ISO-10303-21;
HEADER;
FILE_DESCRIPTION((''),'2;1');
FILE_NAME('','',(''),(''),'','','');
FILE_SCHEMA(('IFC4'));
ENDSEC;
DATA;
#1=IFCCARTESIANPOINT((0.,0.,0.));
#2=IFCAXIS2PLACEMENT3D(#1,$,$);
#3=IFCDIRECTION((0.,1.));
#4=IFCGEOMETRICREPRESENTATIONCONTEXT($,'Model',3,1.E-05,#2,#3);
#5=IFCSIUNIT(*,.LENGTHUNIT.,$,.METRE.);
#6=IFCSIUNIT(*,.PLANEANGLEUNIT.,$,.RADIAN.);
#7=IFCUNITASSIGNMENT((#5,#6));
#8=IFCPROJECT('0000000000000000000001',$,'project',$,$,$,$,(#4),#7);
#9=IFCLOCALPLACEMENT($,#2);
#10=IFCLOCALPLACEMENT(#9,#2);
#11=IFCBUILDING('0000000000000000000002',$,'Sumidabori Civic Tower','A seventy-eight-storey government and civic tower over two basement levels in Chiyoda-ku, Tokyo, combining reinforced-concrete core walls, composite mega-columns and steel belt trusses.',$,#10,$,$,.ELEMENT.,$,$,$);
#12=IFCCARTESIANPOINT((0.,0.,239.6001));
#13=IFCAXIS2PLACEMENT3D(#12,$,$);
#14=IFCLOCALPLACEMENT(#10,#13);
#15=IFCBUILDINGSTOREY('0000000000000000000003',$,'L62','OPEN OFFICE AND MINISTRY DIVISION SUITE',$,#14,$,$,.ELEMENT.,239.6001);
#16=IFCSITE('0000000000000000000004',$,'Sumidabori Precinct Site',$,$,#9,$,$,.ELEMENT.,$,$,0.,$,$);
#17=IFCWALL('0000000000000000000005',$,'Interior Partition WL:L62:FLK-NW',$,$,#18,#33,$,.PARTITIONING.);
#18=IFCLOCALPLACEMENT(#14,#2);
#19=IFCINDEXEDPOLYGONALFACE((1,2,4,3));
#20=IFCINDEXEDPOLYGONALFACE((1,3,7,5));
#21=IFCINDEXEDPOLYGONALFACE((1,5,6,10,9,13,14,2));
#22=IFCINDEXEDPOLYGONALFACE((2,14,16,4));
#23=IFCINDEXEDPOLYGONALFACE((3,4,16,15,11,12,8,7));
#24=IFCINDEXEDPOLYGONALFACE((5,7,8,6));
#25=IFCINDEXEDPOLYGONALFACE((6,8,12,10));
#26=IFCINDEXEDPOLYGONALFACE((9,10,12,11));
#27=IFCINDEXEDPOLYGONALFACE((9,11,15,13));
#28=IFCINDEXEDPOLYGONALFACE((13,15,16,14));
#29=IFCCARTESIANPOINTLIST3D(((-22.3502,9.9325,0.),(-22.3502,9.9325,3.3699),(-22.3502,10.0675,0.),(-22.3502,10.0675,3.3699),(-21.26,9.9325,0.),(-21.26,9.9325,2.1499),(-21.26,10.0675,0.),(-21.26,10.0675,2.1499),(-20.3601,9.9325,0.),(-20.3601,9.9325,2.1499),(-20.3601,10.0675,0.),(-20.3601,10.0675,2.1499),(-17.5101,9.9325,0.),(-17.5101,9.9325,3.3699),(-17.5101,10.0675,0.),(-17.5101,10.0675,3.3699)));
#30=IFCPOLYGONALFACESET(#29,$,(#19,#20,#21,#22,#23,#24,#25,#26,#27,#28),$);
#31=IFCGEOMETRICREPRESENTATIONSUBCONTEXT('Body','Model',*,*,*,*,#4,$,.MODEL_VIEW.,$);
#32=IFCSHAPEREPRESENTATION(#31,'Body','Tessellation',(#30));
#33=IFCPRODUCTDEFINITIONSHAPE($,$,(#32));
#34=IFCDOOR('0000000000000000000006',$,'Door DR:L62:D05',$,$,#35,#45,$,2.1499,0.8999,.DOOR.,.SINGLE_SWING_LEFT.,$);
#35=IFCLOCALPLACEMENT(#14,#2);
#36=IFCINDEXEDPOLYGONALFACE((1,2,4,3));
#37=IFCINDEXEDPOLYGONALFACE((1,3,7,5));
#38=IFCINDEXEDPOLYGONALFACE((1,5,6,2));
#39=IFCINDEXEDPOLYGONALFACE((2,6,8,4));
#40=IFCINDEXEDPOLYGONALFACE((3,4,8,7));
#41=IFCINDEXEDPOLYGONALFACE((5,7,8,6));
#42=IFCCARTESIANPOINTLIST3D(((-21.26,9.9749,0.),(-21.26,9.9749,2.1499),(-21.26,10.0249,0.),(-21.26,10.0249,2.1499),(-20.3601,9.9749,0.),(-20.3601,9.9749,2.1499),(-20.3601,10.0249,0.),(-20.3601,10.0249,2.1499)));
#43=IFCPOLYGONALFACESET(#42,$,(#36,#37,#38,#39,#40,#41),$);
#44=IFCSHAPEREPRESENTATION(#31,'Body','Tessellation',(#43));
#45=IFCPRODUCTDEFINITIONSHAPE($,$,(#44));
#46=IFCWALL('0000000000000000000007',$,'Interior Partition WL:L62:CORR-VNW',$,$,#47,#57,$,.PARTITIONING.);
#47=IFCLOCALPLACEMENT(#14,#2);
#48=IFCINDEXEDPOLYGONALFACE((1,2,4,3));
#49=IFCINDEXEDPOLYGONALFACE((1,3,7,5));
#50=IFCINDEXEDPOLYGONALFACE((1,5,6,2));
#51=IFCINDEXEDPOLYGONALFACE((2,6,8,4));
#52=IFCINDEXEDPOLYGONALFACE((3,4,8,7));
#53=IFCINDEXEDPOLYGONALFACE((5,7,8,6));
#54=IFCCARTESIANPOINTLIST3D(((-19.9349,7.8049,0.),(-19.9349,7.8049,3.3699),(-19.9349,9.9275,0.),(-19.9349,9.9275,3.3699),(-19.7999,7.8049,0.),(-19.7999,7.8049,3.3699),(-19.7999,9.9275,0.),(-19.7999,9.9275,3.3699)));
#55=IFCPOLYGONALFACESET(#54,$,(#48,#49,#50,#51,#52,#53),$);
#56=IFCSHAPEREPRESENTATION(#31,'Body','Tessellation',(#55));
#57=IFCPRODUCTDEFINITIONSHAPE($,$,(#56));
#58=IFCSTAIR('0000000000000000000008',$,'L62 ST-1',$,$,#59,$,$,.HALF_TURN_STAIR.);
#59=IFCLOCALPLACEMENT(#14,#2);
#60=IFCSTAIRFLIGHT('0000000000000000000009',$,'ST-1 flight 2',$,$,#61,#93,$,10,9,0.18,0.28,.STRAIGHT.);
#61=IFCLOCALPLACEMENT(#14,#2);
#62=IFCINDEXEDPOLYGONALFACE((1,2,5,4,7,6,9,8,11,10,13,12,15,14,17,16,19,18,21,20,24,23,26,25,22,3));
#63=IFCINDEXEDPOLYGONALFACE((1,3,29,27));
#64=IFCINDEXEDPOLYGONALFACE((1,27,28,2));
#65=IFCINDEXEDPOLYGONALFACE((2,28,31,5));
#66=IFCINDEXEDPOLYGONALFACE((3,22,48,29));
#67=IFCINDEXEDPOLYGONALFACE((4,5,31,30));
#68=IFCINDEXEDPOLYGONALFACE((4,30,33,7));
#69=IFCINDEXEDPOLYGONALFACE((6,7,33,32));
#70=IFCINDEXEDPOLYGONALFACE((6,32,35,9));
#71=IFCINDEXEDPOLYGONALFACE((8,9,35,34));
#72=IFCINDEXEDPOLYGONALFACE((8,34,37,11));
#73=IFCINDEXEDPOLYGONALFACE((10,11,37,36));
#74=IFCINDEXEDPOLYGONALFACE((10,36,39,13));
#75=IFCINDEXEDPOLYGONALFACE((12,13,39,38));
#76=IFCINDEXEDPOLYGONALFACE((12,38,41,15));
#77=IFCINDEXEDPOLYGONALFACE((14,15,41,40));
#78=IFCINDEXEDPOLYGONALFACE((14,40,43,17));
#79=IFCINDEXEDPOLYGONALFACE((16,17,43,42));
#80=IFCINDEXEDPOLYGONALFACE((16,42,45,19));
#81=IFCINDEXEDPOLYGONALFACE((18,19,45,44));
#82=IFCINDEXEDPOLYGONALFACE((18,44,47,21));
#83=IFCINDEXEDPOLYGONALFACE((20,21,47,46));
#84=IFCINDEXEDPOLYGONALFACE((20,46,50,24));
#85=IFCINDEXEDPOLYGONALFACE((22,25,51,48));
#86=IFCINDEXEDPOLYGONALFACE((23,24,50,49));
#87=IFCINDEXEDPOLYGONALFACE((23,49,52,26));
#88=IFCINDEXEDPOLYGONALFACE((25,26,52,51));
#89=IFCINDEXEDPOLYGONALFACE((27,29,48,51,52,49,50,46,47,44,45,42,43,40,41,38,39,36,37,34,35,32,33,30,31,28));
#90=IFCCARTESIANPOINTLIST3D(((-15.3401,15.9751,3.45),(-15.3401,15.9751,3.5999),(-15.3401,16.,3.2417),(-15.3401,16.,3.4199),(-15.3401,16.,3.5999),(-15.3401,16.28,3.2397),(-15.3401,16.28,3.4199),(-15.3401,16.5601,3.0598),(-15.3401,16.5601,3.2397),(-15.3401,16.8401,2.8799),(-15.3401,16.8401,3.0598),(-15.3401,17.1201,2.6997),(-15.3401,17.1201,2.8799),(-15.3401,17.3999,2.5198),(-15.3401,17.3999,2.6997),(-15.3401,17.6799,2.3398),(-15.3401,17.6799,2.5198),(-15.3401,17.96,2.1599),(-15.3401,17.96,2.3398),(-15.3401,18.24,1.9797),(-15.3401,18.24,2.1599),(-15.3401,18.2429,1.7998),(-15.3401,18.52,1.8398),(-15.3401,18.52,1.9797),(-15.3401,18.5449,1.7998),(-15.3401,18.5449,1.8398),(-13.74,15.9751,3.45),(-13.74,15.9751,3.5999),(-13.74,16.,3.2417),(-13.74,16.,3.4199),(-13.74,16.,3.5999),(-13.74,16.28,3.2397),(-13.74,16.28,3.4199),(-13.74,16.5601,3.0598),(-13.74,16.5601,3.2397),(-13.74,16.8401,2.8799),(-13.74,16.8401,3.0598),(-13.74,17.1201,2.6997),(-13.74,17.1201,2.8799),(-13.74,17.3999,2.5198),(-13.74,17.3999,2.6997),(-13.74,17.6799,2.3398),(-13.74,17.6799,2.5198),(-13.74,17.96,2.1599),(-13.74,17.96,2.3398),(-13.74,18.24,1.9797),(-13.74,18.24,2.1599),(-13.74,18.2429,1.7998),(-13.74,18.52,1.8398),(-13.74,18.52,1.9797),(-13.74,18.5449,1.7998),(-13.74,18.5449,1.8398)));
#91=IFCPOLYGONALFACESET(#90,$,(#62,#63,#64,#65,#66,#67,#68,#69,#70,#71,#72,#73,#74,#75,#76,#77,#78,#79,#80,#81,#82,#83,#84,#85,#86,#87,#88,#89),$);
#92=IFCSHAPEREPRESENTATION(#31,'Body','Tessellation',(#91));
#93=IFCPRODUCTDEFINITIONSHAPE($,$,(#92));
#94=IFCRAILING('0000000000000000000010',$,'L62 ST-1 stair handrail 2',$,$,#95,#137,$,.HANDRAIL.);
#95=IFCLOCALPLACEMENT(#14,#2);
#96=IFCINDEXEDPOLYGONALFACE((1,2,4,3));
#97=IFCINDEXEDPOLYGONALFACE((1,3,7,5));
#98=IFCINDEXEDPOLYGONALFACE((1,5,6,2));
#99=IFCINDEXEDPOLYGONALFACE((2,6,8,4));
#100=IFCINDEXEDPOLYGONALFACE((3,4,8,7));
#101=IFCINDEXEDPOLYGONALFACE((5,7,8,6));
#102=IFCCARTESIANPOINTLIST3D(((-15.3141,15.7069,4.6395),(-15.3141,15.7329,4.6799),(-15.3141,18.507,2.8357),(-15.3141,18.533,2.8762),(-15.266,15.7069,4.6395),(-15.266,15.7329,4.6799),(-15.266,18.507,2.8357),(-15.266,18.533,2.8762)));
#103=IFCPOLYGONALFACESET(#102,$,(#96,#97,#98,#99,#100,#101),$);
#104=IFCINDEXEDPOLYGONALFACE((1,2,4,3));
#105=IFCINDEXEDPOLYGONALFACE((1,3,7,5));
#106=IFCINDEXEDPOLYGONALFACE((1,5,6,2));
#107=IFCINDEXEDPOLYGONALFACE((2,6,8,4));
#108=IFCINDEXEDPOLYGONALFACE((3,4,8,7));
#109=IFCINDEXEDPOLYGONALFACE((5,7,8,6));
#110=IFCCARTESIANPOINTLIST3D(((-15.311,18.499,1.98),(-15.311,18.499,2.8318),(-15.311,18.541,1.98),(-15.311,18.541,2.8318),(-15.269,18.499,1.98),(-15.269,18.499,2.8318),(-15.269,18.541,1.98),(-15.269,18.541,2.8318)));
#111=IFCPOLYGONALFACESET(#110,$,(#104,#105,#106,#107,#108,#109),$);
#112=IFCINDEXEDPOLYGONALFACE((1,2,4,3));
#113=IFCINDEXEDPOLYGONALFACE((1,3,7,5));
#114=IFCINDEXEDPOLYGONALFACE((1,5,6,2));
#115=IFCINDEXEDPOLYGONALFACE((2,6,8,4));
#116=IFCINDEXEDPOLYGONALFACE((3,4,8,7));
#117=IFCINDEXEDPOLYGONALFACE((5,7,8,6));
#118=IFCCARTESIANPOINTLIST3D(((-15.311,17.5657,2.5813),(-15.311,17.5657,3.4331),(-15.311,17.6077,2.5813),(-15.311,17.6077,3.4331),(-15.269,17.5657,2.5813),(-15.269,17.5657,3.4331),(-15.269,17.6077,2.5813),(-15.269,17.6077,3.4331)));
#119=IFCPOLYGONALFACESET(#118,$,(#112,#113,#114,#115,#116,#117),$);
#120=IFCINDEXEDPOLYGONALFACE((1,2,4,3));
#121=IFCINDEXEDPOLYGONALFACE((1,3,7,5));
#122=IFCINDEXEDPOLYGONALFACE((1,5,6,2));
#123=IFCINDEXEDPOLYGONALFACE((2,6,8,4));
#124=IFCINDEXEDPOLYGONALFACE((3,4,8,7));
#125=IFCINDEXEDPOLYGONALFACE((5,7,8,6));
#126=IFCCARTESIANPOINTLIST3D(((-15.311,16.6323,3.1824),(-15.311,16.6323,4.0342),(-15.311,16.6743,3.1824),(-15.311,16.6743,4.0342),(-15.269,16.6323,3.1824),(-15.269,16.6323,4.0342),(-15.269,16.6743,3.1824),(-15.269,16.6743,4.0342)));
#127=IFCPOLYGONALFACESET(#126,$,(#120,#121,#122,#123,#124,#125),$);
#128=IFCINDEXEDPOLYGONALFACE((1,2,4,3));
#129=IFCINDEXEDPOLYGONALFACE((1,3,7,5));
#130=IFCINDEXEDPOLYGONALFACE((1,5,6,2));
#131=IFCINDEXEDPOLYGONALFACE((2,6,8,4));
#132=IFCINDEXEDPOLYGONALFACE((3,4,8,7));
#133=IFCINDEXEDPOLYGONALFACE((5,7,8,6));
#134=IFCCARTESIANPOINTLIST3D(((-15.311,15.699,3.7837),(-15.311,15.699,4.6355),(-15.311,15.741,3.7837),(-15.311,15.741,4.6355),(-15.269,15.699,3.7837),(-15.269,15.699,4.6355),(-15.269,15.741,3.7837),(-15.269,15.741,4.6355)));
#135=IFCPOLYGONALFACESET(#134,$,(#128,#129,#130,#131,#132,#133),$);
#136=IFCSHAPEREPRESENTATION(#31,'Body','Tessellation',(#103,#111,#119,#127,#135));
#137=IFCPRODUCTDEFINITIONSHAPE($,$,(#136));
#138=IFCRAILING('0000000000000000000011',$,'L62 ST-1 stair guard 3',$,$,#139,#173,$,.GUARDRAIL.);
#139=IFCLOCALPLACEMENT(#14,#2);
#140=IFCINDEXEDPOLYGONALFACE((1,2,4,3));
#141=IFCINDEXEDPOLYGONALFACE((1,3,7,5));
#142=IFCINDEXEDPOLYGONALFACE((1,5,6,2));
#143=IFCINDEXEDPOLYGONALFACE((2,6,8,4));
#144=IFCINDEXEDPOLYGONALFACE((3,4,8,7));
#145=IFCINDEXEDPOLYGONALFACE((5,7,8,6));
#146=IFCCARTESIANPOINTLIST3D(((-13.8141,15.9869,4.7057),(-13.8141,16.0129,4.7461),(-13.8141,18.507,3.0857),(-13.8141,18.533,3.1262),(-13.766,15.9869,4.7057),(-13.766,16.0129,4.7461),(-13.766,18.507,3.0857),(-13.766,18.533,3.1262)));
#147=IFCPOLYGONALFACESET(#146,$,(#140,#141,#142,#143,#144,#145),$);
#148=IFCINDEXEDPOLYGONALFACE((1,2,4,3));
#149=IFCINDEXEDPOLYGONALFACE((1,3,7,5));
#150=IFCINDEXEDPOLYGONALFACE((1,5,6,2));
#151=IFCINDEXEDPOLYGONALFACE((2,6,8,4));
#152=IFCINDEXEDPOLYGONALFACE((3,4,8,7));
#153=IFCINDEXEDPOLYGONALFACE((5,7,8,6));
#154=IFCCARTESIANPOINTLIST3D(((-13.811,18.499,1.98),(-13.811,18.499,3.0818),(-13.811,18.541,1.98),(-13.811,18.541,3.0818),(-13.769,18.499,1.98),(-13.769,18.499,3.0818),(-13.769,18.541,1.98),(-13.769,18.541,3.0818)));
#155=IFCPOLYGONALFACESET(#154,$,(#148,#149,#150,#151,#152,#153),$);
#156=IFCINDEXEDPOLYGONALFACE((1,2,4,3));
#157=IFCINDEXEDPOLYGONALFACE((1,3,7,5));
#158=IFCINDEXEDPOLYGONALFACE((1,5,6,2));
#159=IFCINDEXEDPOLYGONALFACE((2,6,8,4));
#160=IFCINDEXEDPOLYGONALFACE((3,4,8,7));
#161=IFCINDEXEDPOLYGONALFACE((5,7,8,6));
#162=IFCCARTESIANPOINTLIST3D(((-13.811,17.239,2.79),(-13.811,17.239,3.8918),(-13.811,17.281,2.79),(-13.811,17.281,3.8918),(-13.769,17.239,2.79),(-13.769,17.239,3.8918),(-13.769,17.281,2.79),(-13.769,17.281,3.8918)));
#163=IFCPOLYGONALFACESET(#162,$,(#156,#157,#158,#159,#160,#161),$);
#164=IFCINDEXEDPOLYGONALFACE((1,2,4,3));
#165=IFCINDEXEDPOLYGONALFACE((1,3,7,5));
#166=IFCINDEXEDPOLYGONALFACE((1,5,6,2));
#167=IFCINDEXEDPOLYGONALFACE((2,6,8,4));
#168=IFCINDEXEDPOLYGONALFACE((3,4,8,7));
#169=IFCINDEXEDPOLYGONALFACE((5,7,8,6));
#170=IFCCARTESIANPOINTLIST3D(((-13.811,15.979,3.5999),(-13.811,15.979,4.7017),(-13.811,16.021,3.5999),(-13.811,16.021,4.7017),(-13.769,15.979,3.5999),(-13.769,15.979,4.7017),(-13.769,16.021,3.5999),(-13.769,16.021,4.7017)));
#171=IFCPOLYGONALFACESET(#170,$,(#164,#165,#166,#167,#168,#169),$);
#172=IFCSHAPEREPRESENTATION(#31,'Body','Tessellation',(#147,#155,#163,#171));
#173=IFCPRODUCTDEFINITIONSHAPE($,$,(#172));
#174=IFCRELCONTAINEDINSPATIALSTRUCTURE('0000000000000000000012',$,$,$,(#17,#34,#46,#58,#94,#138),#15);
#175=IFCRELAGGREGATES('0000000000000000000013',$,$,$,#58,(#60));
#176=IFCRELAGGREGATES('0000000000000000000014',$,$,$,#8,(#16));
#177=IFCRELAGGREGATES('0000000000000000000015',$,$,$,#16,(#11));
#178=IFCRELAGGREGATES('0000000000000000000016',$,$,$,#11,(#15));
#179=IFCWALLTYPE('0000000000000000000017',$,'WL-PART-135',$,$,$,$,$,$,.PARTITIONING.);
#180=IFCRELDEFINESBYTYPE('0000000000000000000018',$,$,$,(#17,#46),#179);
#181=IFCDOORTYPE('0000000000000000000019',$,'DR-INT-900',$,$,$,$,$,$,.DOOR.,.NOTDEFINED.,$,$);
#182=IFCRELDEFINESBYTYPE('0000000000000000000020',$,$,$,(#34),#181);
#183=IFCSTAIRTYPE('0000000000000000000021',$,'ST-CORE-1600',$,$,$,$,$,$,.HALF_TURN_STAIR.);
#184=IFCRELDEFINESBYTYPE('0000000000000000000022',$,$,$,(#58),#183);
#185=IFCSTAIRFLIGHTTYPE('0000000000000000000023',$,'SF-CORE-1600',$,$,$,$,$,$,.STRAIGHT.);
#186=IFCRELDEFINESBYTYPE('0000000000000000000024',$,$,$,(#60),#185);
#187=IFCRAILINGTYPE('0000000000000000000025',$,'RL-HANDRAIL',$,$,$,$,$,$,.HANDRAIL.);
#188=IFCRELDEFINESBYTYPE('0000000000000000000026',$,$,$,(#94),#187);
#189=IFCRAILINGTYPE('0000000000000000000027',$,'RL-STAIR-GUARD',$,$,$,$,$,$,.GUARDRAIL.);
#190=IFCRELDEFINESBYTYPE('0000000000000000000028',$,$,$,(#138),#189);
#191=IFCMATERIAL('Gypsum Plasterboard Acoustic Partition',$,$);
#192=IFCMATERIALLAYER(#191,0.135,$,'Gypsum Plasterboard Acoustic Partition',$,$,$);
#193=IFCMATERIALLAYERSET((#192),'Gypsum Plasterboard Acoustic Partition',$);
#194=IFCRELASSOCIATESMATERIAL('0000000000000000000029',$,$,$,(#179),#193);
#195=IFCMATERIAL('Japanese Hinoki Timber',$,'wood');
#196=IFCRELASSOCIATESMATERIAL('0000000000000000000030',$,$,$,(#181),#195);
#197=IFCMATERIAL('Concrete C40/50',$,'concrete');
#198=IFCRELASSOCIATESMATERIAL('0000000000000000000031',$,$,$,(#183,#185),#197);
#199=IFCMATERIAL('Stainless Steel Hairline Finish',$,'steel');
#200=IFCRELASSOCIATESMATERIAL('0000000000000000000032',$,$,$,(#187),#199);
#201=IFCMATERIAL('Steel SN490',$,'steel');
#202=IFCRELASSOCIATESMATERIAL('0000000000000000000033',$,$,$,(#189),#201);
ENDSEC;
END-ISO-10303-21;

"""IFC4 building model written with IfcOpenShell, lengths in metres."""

from ifc_helpers import new_model, si_unit, direction, frame, frame_2d, origin, origin_2d, place, context, subcontext, project, spatial, polyline, rectangle, outline, extrude, source, transform, mapped, material, layer, layer_set, type_object, element, fill, aggregate, save


model = new_model("IFC4")

# Units and contexts
model_context = context("Model", 3, precision=1e-05, world=origin(), true_north=direction((0.0, 1.0)))
body_context = subcontext(model_context, "Body", "Model", "MODEL_VIEW")
ifc_project = project(units=[si_unit("LENGTHUNIT", "METRE"), si_unit("PLANEANGLEUNIT", "RADIAN")], contexts=[model_context])

# Site, building, storey
site_placement = place(None, origin())
site = spatial("IfcSite", under=ifc_project, at=site_placement, Name="Sumidabori Precinct Site", CompositionType="ELEMENT", RefElevation=0.0)
building_placement = place(site_placement, origin())
building = spatial("IfcBuilding", under=site, at=building_placement, Name="Sumidabori Civic Tower", Description="A seventy-eight-storey government and civic tower over two basement levels in Chiyoda-ku, Tokyo, combining reinforced-concrete core walls, composite mega-columns and steel belt trusses.", CompositionType="ELEMENT")
storey_placement = place(building_placement, frame((0.0, 0.0, 239.6001)))
storey = spatial("IfcBuildingStorey", under=building, at=storey_placement, Name="L62", Description="OPEN OFFICE AND MINISTRY DIVISION SUITE", CompositionType="ELEMENT", Elevation=239.6001)

# Shared definitions
ifc_material_1 = material(Name="Steel SN490", Category="steel")

# Wall, opening, door
ifc_material_2 = material(Name="Gypsum Plasterboard Acoustic Partition")
ifc_layer_1 = layer(ifc_material_2, 0.135, Name="Gypsum Plasterboard Acoustic Partition")
ifc_layer_set_1 = layer_set([ifc_layer_1], Name="Gypsum Plasterboard Acoustic Partition")
wall_type_1 = type_object("IfcWallType", Name="WL-PART-135", PredefinedType="PARTITIONING", material=ifc_layer_set_1)
shared_shape_1 = source(origin(), body_context, "Body", "SweptSolid", [
    extrude(rectangle(XDim=4.8401, YDim=0.135, at=frame_2d((2.4199, 0.0))), origin(), (0.0, 0.0, 1.0), 3.3699),
])
wall_1_placement = place(storey_placement, frame((-22.3501, 10.0, 0.0), z_axis=(0.0, 0.0, 1.0), x_axis=(1.0, 0.0, 0.0)))
wall_1 = element("IfcWall", 1, at=wall_1_placement, inside=storey, type_object=wall_type_1, Name="Interior Partition WL:L62:FLK-NW", PredefinedType="PARTITIONING", context=body_context, shape_type="MappedRepresentation", body=[
    mapped(shared_shape_1, transform((0.0, 0.0, 0.0), x_axis=(1.0, 0.0, 0.0), y_axis=(0.0, 1.0, 0.0), z_axis=(0.0, 0.0, 1.0), scale=1.0)),
])
opening_1_placement = place(wall_1_placement, frame((1.0901, 0.0, 0.0)))
opening_1 = element("IfcOpeningElement", 2, at=opening_1_placement, cuts=wall_1, PredefinedType="OPENING", context=body_context, shape_type="SweptSolid", body=[
    extrude(rectangle(XDim=0.8999, YDim=2.1499, at=frame_2d((0.45, 1.075))), frame((0.0, 0.0796, 0.0), z_axis=(0.0, -1.0, 0.0), x_axis=(1.0, 0.0, 0.0)), (0.0, 0.0, 1.0), 0.1589),
])
ifc_material_3 = material(Name="Japanese Hinoki Timber", Category="wood")
door_type_1 = type_object("IfcDoorType", Name="DR-INT-900", OperationType="NOTDEFINED", PredefinedType="DOOR", material=ifc_material_3)
shared_shape_2 = source(origin(), body_context, "Body", "SweptSolid", [
    extrude(rectangle(XDim=0.8999, YDim=2.1499, at=frame_2d((0.45, 1.075))), frame((0.0, 0.0249, 0.0), z_axis=(0.0, -1.0, 0.0), x_axis=(1.0, 0.0, 0.0)), (0.0, 0.0, 1.0), 0.05),
])
door_1_placement = place(opening_1_placement, origin())
door_1 = element("IfcDoor", 3, at=door_1_placement, inside=storey, type_object=door_type_1, Name="Door DR:L62:D05", OperationType="SINGLE_SWING_LEFT", OverallHeight=2.1499, OverallWidth=0.8999, PredefinedType="DOOR", context=body_context, shape_type="MappedRepresentation", body=[
    mapped(shared_shape_2, transform((0.0, 0.0, 0.0), x_axis=(1.0, 0.0, 0.0), y_axis=(0.0, 1.0, 0.0), z_axis=(0.0, 0.0, 1.0), scale=1.0)),
])
fill(opening_1, door_1)

# Wall
shared_shape_3 = source(origin(), body_context, "Body", "SweptSolid", [
    extrude(rectangle(XDim=2.1226, YDim=0.135, at=frame_2d((1.0613, 0.0))), origin(), (0.0, 0.0, 1.0), 3.3699),
])
wall_2_placement = place(storey_placement, frame((-19.8674, 7.8049, 0.0), z_axis=(0.0, 0.0, 1.0), x_axis=(0.0, 1.0, 0.0)))
element("IfcWall", 4, at=wall_2_placement, inside=storey, type_object=wall_type_1, Name="Interior Partition WL:L62:CORR-VNW", PredefinedType="PARTITIONING", context=body_context, shape_type="MappedRepresentation", body=[
    mapped(shared_shape_3, transform((0.0, 0.0, 0.0), x_axis=(1.0, 0.0, 0.0), y_axis=(0.0, 1.0, 0.0), z_axis=(0.0, 0.0, 1.0), scale=1.0)),
])

# Stair, stair flight
ifc_material_4 = material(Name="Concrete C40/50", Category="concrete")
stair_type = type_object("IfcStairType", Name="ST-CORE-1600", PredefinedType="HALF_TURN_STAIR", material=ifc_material_4)
stair_placement = place(storey_placement, origin())
stair = element("IfcStair", 5, at=stair_placement, inside=storey, type_object=stair_type, Name="L62 ST-1", PredefinedType="HALF_TURN_STAIR")
stair_flight_type = type_object("IfcStairFlightType", Name="SF-CORE-1600", PredefinedType="STRAIGHT", material=ifc_material_4)
shared_shape_4 = source(origin(), body_context, "Body", "SweptSolid", [
    extrude(outline(polyline([(-0.0249, 0.0), (-0.0249, 0.04), (0.0, 0.04), (0.0, 0.1799), (0.28, 0.1799), (0.28, 0.3601), (0.5601, 0.3601), (0.5601, 0.54), (0.8401, 0.54), (0.8401, 0.72), (1.1201, 0.72), (1.1201, 0.8999), (1.3999, 0.8999), (1.3999, 1.0801), (1.6799, 1.0801), (1.6799, 1.26), (1.96, 1.26), (1.96, 1.4399), (2.24, 1.4399), (2.24, 1.6201), (2.52, 1.6201), (2.52, 1.8), (2.5449, 1.8), (2.5449, 1.6501), (2.52, 1.4419), (0.2771, 0.0), (-0.0249, 0.0)])), frame((0.0, 0.8, 0.0), z_axis=(0.0, -1.0, 0.0), x_axis=(1.0, 0.0, 0.0)), (0.0, 0.0, 1.0), 1.6001),
])
stair_flight_placement = place(storey_placement, frame((-14.54, 18.52, 1.7998), z_axis=(0.0, 0.0, 1.0), x_axis=(0.0, -1.0, 0.0)))
stair_flight = element("IfcStairFlight", 6, at=stair_flight_placement, type_object=stair_flight_type, Name="ST-1 flight 2", NumberOfRisers=10, NumberOfTreads=9, PredefinedType="STRAIGHT", RiserHeight=0.18, TreadLength=0.28, context=body_context, shape_type="MappedRepresentation", body=[
    mapped(shared_shape_4, transform((0.0, 0.0, 0.0), x_axis=(1.0, 0.0, 0.0), y_axis=(0.0, 1.0, 0.0), z_axis=(0.0, 0.0, 1.0), scale=1.0)),
])
aggregate(stair, [stair_flight])

# Railings
ifc_material_5 = material(Name="Stainless Steel Hairline Finish", Category="steel")
railing_type_1 = type_object("IfcRailingType", Name="RL-HANDRAIL", PredefinedType="HANDRAIL", material=ifc_material_5)
railing_1_placement = place(storey_placement, frame((-15.29, 18.52, 1.98)))
element("IfcRailing", 7, at=railing_1_placement, inside=storey, type_object=railing_type_1, Name="L62 ST-1 stair handrail 2", PredefinedType="HANDRAIL", context=body_context, shape_type="SweptSolid", body=[
    extrude(rectangle(XDim=0.0481, YDim=0.0481, at=origin_2d()), frame((0.0, 0.0, 0.876), z_axis=(0.0, -0.840676, 0.541539), x_axis=(1.0, 0.0, 0.0)), (0.0, 0.0, 1.0), 3.3308),
    extrude(rectangle(XDim=0.042, YDim=0.042, at=origin_2d()), origin(), (0.0, 0.0, 1.0), 0.8518),
    extrude(rectangle(XDim=0.042, YDim=0.042, at=origin_2d()), frame((0.0, -0.9333, 0.6013)), (0.0, 0.0, 1.0), 0.8518),
    extrude(rectangle(XDim=0.042, YDim=0.042, at=origin_2d()), frame((0.0, -1.8667, 1.2024)), (0.0, 0.0, 1.0), 0.8518),
    extrude(rectangle(XDim=0.042, YDim=0.042, at=origin_2d()), frame((0.0, -2.8, 1.8037)), (0.0, 0.0, 1.0), 0.8518),
])
railing_type_2 = type_object("IfcRailingType", Name="RL-STAIR-GUARD", PredefinedType="GUARDRAIL", material=ifc_material_1)
railing_2_placement = place(storey_placement, frame((-13.79, 18.52, 1.98)))
element("IfcRailing", 8, at=railing_2_placement, inside=storey, type_object=railing_type_2, Name="L62 ST-1 stair guard 3", PredefinedType="GUARDRAIL", context=body_context, shape_type="SweptSolid", body=[
    extrude(rectangle(XDim=0.0481, YDim=0.0481, at=origin_2d()), frame((0.0, 0.0, 1.126), z_axis=(0.0, -0.8412, 0.540725), x_axis=(1.0, 0.0, 0.0)), (0.0, 0.0, 1.0), 2.9958),
    extrude(rectangle(XDim=0.042, YDim=0.042, at=origin_2d()), origin(), (0.0, 0.0, 1.0), 1.1018),
    extrude(rectangle(XDim=0.042, YDim=0.042, at=origin_2d()), frame((0.0, -1.26, 0.8101)), (0.0, 0.0, 1.0), 1.1018),
    extrude(rectangle(XDim=0.042, YDim=0.042, at=origin_2d()), frame((0.0, -2.52, 1.6199)), (0.0, 0.0, 1.0), 1.1018),
])

save(model, "model.ifc")
